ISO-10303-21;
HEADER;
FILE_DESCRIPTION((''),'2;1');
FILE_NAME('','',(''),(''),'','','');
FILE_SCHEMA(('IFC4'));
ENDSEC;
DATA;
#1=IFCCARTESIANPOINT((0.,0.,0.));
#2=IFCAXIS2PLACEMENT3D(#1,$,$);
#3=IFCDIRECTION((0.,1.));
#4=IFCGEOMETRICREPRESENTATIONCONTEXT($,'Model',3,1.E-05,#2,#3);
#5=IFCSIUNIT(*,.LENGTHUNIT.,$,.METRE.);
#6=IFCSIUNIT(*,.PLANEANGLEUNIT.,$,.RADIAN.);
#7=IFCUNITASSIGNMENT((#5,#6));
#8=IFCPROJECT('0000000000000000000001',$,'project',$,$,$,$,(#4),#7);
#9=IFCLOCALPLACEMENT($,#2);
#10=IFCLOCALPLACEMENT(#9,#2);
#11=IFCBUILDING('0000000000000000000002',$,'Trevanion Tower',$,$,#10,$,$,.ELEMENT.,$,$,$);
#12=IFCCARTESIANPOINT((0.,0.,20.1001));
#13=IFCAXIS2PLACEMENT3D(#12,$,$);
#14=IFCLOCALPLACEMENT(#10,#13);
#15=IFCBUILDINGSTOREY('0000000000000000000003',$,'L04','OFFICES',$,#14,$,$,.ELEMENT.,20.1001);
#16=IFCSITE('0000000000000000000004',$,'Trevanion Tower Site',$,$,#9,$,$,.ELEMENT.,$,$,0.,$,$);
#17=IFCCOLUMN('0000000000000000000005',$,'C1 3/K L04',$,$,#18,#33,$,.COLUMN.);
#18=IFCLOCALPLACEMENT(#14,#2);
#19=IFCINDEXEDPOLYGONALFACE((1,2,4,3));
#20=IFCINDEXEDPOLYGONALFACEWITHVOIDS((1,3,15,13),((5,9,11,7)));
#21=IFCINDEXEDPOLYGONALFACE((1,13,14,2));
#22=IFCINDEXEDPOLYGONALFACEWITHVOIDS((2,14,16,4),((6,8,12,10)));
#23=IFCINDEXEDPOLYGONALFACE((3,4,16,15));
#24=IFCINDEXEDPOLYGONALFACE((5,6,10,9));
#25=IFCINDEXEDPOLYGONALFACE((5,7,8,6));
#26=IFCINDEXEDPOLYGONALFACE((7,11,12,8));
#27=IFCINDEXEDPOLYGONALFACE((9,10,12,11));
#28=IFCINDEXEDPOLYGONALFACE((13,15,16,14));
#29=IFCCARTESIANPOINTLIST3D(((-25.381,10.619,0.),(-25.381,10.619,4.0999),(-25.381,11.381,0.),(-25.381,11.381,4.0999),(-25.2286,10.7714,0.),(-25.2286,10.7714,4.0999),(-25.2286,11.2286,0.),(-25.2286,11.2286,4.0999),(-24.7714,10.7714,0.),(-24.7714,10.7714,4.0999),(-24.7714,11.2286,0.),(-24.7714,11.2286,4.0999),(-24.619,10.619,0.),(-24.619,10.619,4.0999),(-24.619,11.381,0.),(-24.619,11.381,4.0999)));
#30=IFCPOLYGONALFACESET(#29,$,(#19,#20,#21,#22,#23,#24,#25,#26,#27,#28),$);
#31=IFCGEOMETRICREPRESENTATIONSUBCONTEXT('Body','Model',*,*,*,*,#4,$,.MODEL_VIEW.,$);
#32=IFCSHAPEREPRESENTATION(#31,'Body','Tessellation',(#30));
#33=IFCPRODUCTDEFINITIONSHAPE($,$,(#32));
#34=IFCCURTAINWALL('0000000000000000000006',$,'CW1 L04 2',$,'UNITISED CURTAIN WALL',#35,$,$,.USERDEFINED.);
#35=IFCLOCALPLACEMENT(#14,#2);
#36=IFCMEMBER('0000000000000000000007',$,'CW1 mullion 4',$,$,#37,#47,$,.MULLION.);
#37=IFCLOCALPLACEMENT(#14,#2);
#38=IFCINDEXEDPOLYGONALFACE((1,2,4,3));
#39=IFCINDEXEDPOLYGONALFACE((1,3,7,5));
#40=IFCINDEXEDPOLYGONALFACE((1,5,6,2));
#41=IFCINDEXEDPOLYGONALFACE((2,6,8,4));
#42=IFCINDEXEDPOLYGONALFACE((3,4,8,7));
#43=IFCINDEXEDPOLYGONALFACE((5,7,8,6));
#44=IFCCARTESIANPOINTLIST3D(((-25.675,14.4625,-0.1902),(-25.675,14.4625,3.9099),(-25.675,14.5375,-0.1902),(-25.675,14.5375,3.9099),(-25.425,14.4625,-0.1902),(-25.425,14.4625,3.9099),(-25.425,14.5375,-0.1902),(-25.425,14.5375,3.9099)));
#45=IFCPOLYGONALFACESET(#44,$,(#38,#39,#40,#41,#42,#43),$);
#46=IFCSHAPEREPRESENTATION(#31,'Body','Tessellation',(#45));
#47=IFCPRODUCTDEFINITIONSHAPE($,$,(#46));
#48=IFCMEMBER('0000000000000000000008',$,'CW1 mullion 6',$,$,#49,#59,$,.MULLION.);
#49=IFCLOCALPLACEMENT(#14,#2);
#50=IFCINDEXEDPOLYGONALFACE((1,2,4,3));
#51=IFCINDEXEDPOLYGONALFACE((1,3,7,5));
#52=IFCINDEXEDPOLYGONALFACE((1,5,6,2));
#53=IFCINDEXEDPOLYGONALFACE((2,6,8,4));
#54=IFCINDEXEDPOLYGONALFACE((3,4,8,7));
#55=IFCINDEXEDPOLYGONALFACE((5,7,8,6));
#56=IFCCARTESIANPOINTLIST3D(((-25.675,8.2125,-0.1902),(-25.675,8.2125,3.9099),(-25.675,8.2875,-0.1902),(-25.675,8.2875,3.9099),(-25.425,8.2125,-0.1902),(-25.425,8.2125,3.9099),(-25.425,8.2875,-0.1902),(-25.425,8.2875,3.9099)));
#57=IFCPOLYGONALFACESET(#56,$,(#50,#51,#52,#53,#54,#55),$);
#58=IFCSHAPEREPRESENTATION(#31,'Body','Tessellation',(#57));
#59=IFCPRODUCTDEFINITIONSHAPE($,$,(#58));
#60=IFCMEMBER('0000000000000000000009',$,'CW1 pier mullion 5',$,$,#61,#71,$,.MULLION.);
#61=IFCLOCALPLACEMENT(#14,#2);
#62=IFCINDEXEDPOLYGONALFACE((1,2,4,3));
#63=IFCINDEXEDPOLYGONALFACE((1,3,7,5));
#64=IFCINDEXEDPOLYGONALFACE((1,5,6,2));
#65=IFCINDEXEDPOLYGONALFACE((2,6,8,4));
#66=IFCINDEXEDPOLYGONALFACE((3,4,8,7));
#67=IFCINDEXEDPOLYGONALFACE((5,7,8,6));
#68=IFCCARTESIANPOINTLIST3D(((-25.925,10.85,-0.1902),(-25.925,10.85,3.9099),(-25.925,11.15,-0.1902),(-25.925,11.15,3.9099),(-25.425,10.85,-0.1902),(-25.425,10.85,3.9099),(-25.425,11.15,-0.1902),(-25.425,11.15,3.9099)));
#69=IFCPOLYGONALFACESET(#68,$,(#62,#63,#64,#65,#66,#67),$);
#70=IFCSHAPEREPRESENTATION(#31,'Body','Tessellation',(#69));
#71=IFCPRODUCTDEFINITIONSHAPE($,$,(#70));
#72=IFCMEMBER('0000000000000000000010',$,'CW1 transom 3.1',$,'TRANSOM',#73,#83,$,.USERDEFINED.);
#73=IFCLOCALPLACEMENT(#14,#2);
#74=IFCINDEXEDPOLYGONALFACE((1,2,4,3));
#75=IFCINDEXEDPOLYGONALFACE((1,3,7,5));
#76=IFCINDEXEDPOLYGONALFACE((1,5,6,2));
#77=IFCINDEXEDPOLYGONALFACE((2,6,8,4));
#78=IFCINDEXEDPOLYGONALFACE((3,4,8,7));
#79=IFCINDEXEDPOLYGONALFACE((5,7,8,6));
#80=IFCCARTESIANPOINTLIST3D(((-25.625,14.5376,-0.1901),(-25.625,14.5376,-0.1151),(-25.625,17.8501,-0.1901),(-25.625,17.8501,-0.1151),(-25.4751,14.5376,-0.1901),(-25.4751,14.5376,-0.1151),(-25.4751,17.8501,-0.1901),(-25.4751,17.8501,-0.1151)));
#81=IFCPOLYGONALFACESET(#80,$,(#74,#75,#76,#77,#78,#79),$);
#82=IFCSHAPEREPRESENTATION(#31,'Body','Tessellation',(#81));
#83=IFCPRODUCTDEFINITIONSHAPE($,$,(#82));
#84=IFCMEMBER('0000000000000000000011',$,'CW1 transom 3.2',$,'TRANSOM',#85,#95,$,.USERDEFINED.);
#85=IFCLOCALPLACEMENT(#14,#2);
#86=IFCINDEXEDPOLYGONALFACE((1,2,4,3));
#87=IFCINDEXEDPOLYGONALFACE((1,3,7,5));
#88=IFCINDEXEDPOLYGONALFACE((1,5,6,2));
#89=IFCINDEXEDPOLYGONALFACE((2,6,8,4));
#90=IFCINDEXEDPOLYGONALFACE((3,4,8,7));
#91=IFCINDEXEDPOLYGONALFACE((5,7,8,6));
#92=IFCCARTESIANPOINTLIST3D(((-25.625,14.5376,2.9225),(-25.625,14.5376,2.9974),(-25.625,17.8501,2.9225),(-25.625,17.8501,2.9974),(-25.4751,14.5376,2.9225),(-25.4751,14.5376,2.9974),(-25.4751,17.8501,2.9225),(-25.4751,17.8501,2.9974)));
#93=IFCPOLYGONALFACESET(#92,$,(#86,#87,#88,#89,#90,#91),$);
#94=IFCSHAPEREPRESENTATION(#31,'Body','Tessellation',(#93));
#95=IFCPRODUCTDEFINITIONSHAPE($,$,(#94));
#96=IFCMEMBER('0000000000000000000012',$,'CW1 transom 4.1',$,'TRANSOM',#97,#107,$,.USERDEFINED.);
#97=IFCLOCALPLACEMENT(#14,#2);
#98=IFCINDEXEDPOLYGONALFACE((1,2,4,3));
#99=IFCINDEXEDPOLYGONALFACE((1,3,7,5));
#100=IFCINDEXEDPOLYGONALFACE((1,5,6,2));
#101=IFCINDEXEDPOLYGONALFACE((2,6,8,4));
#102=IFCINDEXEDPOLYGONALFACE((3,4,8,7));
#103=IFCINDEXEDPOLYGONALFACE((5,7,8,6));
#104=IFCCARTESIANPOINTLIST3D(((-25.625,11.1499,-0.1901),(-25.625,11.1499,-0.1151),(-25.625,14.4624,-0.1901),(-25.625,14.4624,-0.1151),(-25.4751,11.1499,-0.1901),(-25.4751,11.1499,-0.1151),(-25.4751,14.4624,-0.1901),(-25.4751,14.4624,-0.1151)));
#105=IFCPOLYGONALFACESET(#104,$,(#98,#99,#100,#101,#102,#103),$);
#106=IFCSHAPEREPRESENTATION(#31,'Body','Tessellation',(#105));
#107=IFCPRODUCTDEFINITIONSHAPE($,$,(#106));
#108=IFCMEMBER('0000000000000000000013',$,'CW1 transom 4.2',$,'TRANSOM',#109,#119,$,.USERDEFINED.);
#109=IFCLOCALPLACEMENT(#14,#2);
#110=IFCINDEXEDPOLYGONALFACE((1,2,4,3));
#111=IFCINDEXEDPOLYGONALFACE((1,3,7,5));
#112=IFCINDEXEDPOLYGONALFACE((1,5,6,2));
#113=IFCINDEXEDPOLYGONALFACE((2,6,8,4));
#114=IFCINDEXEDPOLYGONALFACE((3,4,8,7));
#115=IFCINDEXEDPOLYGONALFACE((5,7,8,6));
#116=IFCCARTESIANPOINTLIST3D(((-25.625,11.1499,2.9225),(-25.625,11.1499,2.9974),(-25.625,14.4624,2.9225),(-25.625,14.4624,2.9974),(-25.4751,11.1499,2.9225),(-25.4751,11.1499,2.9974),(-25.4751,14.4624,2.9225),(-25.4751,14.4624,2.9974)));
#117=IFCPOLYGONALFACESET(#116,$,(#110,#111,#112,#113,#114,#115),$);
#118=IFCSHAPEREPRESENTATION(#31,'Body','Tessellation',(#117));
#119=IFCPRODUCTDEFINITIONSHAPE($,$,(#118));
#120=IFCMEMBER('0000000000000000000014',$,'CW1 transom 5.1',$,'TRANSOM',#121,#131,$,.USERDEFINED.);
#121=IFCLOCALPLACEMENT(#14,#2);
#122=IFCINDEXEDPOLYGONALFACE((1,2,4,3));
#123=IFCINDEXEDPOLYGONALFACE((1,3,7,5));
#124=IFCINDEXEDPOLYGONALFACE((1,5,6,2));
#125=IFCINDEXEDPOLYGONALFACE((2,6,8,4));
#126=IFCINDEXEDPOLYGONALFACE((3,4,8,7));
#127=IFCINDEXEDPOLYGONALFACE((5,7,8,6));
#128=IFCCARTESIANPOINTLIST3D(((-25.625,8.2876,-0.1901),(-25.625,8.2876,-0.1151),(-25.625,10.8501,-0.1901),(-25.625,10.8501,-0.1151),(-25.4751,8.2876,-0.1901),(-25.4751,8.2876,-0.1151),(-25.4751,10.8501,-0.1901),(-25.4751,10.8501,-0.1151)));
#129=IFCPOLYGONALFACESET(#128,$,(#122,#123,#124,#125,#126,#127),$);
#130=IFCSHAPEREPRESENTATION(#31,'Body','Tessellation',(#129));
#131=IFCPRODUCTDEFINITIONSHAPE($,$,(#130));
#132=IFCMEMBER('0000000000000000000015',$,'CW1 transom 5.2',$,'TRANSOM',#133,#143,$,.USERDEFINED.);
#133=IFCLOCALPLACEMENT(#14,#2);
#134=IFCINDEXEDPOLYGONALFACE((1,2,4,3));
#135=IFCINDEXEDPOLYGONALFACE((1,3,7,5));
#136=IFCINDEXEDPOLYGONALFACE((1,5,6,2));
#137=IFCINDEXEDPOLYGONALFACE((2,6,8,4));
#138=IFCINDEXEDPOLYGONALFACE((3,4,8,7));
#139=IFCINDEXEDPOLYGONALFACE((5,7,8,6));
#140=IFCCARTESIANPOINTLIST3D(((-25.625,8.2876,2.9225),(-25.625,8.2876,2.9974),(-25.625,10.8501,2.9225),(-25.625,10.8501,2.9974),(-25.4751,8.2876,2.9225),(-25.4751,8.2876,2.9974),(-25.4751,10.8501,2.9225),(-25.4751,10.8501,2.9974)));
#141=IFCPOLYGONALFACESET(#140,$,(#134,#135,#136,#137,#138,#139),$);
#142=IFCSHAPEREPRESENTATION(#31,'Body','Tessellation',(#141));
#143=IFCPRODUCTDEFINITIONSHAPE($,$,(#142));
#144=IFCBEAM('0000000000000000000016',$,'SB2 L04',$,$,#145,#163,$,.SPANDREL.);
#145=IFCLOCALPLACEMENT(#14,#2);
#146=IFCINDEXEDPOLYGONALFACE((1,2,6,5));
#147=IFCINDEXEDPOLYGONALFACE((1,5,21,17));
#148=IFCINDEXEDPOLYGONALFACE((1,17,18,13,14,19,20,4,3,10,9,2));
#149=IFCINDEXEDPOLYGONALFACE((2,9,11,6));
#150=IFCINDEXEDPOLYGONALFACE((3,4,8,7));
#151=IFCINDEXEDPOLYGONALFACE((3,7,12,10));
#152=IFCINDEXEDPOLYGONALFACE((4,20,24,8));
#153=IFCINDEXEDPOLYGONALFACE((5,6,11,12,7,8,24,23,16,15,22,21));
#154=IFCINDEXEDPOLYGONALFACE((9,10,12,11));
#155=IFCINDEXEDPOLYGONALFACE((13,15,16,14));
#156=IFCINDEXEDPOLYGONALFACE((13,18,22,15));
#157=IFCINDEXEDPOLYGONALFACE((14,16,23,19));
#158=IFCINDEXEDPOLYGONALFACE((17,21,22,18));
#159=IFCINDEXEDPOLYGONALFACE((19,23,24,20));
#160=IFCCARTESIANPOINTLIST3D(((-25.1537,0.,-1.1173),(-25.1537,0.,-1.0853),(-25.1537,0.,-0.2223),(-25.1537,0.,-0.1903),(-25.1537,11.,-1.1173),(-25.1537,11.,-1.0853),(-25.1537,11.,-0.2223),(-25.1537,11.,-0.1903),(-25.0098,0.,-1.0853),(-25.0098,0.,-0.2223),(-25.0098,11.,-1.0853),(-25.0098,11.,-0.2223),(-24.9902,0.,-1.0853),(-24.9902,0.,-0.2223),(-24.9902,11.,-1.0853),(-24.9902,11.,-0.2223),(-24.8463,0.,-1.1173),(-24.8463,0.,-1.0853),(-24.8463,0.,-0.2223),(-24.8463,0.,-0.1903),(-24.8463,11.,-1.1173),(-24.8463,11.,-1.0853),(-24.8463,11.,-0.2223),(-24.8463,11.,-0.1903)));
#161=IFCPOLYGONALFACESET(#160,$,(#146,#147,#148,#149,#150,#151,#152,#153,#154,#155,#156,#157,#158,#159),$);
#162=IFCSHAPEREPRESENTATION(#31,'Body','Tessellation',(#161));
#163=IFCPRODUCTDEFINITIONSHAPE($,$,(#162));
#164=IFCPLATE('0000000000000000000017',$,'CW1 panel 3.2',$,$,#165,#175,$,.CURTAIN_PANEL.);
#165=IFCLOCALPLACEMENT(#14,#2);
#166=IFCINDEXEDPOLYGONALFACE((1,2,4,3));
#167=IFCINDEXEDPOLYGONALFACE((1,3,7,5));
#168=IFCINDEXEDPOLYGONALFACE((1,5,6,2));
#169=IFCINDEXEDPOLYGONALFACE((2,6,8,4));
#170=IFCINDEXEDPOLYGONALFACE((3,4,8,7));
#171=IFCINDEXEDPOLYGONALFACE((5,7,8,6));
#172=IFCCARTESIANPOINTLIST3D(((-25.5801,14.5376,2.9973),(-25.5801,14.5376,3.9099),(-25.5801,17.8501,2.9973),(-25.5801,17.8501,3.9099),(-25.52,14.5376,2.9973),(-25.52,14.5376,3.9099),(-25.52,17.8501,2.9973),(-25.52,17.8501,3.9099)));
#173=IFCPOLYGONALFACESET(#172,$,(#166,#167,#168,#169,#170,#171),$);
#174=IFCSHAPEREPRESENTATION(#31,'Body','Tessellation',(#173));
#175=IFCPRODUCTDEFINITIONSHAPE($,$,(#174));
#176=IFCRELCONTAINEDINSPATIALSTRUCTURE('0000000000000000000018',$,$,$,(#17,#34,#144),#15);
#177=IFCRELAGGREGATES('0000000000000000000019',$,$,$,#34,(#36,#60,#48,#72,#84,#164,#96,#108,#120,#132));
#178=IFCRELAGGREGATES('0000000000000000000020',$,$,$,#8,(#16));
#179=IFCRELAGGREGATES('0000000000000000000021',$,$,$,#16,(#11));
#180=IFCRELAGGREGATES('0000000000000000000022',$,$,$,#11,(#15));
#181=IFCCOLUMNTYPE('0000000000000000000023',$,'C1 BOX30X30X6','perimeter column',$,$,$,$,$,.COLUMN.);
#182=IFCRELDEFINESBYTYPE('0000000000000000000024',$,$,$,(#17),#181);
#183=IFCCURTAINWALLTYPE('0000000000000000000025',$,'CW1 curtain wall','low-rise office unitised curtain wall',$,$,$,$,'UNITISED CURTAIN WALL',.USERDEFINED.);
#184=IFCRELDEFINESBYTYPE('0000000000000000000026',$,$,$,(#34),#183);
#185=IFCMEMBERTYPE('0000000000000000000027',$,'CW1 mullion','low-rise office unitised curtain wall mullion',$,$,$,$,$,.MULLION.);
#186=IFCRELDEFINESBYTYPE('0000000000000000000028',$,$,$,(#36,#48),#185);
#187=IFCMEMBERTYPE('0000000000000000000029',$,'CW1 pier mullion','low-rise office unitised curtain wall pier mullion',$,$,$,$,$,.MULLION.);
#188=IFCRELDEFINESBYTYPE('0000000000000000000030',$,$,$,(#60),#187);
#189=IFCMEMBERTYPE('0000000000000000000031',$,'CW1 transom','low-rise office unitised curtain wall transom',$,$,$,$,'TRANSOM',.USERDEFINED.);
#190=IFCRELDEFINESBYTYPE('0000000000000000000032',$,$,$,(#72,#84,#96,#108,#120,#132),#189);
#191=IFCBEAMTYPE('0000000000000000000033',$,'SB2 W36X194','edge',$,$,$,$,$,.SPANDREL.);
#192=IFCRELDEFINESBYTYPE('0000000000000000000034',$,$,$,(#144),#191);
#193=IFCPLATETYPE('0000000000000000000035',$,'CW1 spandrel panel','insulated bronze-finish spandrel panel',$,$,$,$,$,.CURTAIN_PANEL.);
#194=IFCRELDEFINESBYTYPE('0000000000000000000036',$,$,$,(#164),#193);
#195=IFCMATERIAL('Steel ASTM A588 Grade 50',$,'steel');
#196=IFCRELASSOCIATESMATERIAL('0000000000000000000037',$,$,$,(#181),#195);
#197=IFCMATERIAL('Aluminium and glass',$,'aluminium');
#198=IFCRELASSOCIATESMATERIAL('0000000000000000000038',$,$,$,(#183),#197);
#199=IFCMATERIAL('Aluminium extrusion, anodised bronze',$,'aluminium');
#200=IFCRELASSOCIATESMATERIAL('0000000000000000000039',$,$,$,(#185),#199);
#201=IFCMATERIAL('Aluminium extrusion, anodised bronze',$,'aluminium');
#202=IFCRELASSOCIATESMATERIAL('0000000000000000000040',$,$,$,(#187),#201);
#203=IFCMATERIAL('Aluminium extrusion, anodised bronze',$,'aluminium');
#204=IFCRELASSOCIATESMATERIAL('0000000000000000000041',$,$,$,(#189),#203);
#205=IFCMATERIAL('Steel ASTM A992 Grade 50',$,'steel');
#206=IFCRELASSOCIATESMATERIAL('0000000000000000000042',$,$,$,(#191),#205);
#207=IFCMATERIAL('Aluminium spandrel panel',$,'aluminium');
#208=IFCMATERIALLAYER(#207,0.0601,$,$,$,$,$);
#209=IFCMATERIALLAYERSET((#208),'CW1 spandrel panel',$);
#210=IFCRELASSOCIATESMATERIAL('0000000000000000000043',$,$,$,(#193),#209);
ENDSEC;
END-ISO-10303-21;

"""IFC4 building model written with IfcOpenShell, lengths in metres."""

from ifc_helpers import new_model, si_unit, direction, frame, origin, origin_2d, place, context, subcontext, project, spatial, rectangle, hollow_rectangle, i_section, extrude, material, layer, layer_set, material_profile, profile_set, type_object, element, aggregate, save


model = new_model("IFC4")

# Units and contexts
model_context = context("Model", 3, precision=1e-05, world=origin(), true_north=direction((0.0, 1.0)))
body_context = subcontext(model_context, "Body", "Model", "MODEL_VIEW")
ifc_project = project(units=[si_unit("LENGTHUNIT", "METRE"), si_unit("PLANEANGLEUNIT", "RADIAN")], contexts=[model_context])

# Site, building, storey
site_placement = place(None, origin())
site = spatial("IfcSite", under=ifc_project, at=site_placement, Name="Trevanion Tower Site", CompositionType="ELEMENT", RefElevation=0.0)
building_placement = place(site_placement, origin())
building = spatial("IfcBuilding", under=site, at=building_placement, Name="Trevanion Tower", CompositionType="ELEMENT")
storey_placement = place(building_placement, frame((0.0, 0.0, 20.1001)))
storey = spatial("IfcBuildingStorey", under=building, at=storey_placement, Name="L04", Description="OFFICES", CompositionType="ELEMENT", Elevation=20.1001)

# Column
ifc_material_1 = material(Name="Steel ASTM A588 Grade 50", Category="steel")
ifc_material_profile_1 = material_profile(ifc_material_1, hollow_rectangle(XDim=0.762, YDim=0.762, WallThickness=0.1523, at=origin_2d()), Name="BOX30X30X6")
ifc_profile_set_1 = profile_set([ifc_material_profile_1], Name="Steel ASTM A588 Grade 50")
column_type = type_object("IfcColumnType", Name="C1 BOX30X30X6", Description="perimeter column", PredefinedType="COLUMN", material=ifc_profile_set_1)
column_placement = place(storey_placement, frame((-25.0, 11.0, 0.0), z_axis=(0.0, 0.0, 1.0), x_axis=(0.0, 1.0, 0.0)))
element("IfcColumn", 1, at=column_placement, inside=storey, type_object=column_type, Name="C1 3/K L04", PredefinedType="COLUMN", context=body_context, shape_type="SweptSolid", body=[
    extrude(hollow_rectangle(XDim=0.762, YDim=0.762, WallThickness=0.1523, at=origin_2d()), origin(), (0.0, 0.0, 1.0), 4.0999),
])

# Curtain wall, members
ifc_material_2 = material(Name="Aluminium and glass", Category="aluminium")
curtain_wall_type = type_object("IfcCurtainWallType", Name="CW1 curtain wall", Description="low-rise office unitised curtain wall", ElementType="UNITISED CURTAIN WALL", PredefinedType="USERDEFINED", material=ifc_material_2)
curtain_wall_placement = place(storey_placement, origin())
curtain_wall = element("IfcCurtainWall", 2, at=curtain_wall_placement, inside=storey, type_object=curtain_wall_type, Name="CW1 L04 2", ObjectType="UNITISED CURTAIN WALL", PredefinedType="USERDEFINED")
ifc_material_3 = material(Name="Aluminium extrusion, anodised bronze", Category="aluminium")
ifc_material_profile_2 = material_profile(ifc_material_3, rectangle(XDim=0.075, YDim=0.25, at=origin_2d()), Name="CW1 mullion")
ifc_profile_set_2 = profile_set([ifc_material_profile_2], Name="Aluminium extrusion, anodised bronze")
member_type_1 = type_object("IfcMemberType", Name="CW1 mullion", Description="low-rise office unitised curtain wall mullion", PredefinedType="MULLION", material=ifc_profile_set_2)
member_1_placement = place(storey_placement, frame((-25.55, 14.5, -0.1902), z_axis=(0.0, 0.0, 1.0), x_axis=(0.0, -1.0, 0.0)))
member_1 = element("IfcMember", 3, at=member_1_placement, type_object=member_type_1, Name="CW1 mullion 4", PredefinedType="MULLION", context=body_context, shape_type="SweptSolid", body=[
    extrude(rectangle(XDim=0.075, YDim=0.25, at=origin_2d()), origin(), (0.0, 0.0, 1.0), 4.1001),
])
member_2_placement = place(storey_placement, frame((-25.55, 8.25, -0.1902), z_axis=(0.0, 0.0, 1.0), x_axis=(0.0, -1.0, 0.0)))
member_2 = element("IfcMember", 4, at=member_2_placement, type_object=member_type_1, Name="CW1 mullion 6", PredefinedType="MULLION", context=body_context, shape_type="SweptSolid", body=[
    extrude(rectangle(XDim=0.075, YDim=0.25, at=origin_2d()), origin(), (0.0, 0.0, 1.0), 4.1001),
])
ifc_material_4 = material(Name="Aluminium extrusion, anodised bronze", Category="aluminium")
ifc_material_profile_3 = material_profile(ifc_material_4, rectangle(XDim=0.3, YDim=0.5, at=origin_2d()), Name="CW1 pier mullion")
ifc_profile_set_3 = profile_set([ifc_material_profile_3], Name="Aluminium extrusion, anodised bronze")
member_type_2 = type_object("IfcMemberType", Name="CW1 pier mullion", Description="low-rise office unitised curtain wall pier mullion", PredefinedType="MULLION", material=ifc_profile_set_3)
member_3_placement = place(storey_placement, frame((-25.675, 11.0, -0.1902), z_axis=(0.0, 0.0, 1.0), x_axis=(0.0, -1.0, 0.0)))
member_3 = element("IfcMember", 5, at=member_3_placement, type_object=member_type_2, Name="CW1 pier mullion 5", PredefinedType="MULLION", context=body_context, shape_type="SweptSolid", body=[
    extrude(rectangle(XDim=0.3, YDim=0.5, at=origin_2d()), origin(), (0.0, 0.0, 1.0), 4.1001),
])
ifc_material_5 = material(Name="Aluminium extrusion, anodised bronze", Category="aluminium")
ifc_material_profile_4 = material_profile(ifc_material_5, rectangle(XDim=0.1499, YDim=0.075, at=origin_2d()), Name="CW1 transom")
ifc_profile_set_4 = profile_set([ifc_material_profile_4], Name="Aluminium extrusion, anodised bronze")
member_type_3 = type_object("IfcMemberType", Name="CW1 transom", Description="low-rise office unitised curtain wall transom", ElementType="TRANSOM", PredefinedType="USERDEFINED", material=ifc_profile_set_4)
member_4_placement = place(storey_placement, frame((-25.55, 17.8501, -0.1526), z_axis=(0.0, -1.0, 0.0), x_axis=(1.0, 0.0, 0.0)))
member_4 = element("IfcMember", 6, at=member_4_placement, type_object=member_type_3, Name="CW1 transom 3.1", ObjectType="TRANSOM", PredefinedType="USERDEFINED", context=body_context, shape_type="SweptSolid", body=[
    extrude(rectangle(XDim=0.1499, YDim=0.075, at=origin_2d()), origin(), (0.0, 0.0, 1.0), 3.3125),
])
member_5_placement = place(storey_placement, frame((-25.55, 17.8501, 2.96), z_axis=(0.0, -1.0, 0.0), x_axis=(1.0, 0.0, 0.0)))
member_5 = element("IfcMember", 7, at=member_5_placement, type_object=member_type_3, Name="CW1 transom 3.2", ObjectType="TRANSOM", PredefinedType="USERDEFINED", context=body_context, shape_type="SweptSolid", body=[
    extrude(rectangle(XDim=0.1499, YDim=0.075, at=origin_2d()), origin(), (0.0, 0.0, 1.0), 3.3125),
])
member_6_placement = place(storey_placement, frame((-25.55, 14.4624, -0.1526), z_axis=(0.0, -1.0, 0.0), x_axis=(1.0, 0.0, 0.0)))
member_6 = element("IfcMember", 8, at=member_6_placement, type_object=member_type_3, Name="CW1 transom 4.1", ObjectType="TRANSOM", PredefinedType="USERDEFINED", context=body_context, shape_type="SweptSolid", body=[
    extrude(rectangle(XDim=0.1499, YDim=0.075, at=origin_2d()), origin(), (0.0, 0.0, 1.0), 3.3125),
])
member_7_placement = place(storey_placement, frame((-25.55, 14.4624, 2.96), z_axis=(0.0, -1.0, 0.0), x_axis=(1.0, 0.0, 0.0)))
member_7 = element("IfcMember", 9, at=member_7_placement, type_object=member_type_3, Name="CW1 transom 4.2", ObjectType="TRANSOM", PredefinedType="USERDEFINED", context=body_context, shape_type="SweptSolid", body=[
    extrude(rectangle(XDim=0.1499, YDim=0.075, at=origin_2d()), origin(), (0.0, 0.0, 1.0), 3.3125),
])
member_8_placement = place(storey_placement, frame((-25.55, 10.8501, -0.1526), z_axis=(0.0, -1.0, 0.0), x_axis=(1.0, 0.0, 0.0)))
member_8 = element("IfcMember", 10, at=member_8_placement, type_object=member_type_3, Name="CW1 transom 5.1", ObjectType="TRANSOM", PredefinedType="USERDEFINED", context=body_context, shape_type="SweptSolid", body=[
    extrude(rectangle(XDim=0.1499, YDim=0.075, at=origin_2d()), origin(), (0.0, 0.0, 1.0), 2.5625),
])
member_9_placement = place(storey_placement, frame((-25.55, 10.8501, 2.96), z_axis=(0.0, -1.0, 0.0), x_axis=(1.0, 0.0, 0.0)))
member_9 = element("IfcMember", 11, at=member_9_placement, type_object=member_type_3, Name="CW1 transom 5.2", ObjectType="TRANSOM", PredefinedType="USERDEFINED", context=body_context, shape_type="SweptSolid", body=[
    extrude(rectangle(XDim=0.1499, YDim=0.075, at=origin_2d()), origin(), (0.0, 0.0, 1.0), 2.5625),
])

# Beam
ifc_material_6 = material(Name="Steel ASTM A992 Grade 50", Category="steel")
ifc_material_profile_5 = material_profile(ifc_material_6, i_section(OverallWidth=0.3074, OverallDepth=0.927, WebThickness=0.0195, FlangeThickness=0.032, at=origin_2d()), Name="W36X194")
ifc_profile_set_5 = profile_set([ifc_material_profile_5], Name="Steel ASTM A992 Grade 50")
beam_type = type_object("IfcBeamType", Name="SB2 W36X194", Description="edge", PredefinedType="SPANDREL", material=ifc_profile_set_5)
beam_placement = place(storey_placement, frame((-25.0, 11.0, -0.6538), z_axis=(0.0, -1.0, 0.0), x_axis=(1.0, 0.0, 0.0)))
element("IfcBeam", 12, at=beam_placement, inside=storey, type_object=beam_type, Name="SB2 L04", PredefinedType="SPANDREL", context=body_context, shape_type="SweptSolid", body=[
    extrude(i_section(OverallWidth=0.3074, OverallDepth=0.927, WebThickness=0.0195, FlangeThickness=0.032, at=origin_2d()), origin(), (0.0, 0.0, 1.0), 11.0),
])

# Plate
ifc_material_7 = material(Name="Aluminium spandrel panel", Category="aluminium")
ifc_layer_1 = layer(ifc_material_7, 0.0601)
ifc_layer_set_1 = layer_set([ifc_layer_1], Name="CW1 spandrel panel")
plate_type_1 = type_object("IfcPlateType", Name="CW1 spandrel panel", Description="insulated bronze-finish spandrel panel", PredefinedType="CURTAIN_PANEL", material=ifc_layer_set_1)
plate_1_placement = place(storey_placement, frame((-25.55, 16.1938, 2.9973), z_axis=(0.0, 0.0, 1.0), x_axis=(0.0, -1.0, 0.0)))
plate_1 = element("IfcPlate", 13, at=plate_1_placement, type_object=plate_type_1, Name="CW1 panel 3.2", PredefinedType="CURTAIN_PANEL", context=body_context, shape_type="SweptSolid", body=[
    extrude(rectangle(XDim=3.3125, YDim=0.0601, at=origin_2d()), origin(), (0.0, 0.0, 1.0), 0.9126),
])
aggregate(curtain_wall, [member_1, member_3, member_2, member_4, member_5, plate_1, member_6, member_7, member_8, member_9])

save(model, "model.ifc")
